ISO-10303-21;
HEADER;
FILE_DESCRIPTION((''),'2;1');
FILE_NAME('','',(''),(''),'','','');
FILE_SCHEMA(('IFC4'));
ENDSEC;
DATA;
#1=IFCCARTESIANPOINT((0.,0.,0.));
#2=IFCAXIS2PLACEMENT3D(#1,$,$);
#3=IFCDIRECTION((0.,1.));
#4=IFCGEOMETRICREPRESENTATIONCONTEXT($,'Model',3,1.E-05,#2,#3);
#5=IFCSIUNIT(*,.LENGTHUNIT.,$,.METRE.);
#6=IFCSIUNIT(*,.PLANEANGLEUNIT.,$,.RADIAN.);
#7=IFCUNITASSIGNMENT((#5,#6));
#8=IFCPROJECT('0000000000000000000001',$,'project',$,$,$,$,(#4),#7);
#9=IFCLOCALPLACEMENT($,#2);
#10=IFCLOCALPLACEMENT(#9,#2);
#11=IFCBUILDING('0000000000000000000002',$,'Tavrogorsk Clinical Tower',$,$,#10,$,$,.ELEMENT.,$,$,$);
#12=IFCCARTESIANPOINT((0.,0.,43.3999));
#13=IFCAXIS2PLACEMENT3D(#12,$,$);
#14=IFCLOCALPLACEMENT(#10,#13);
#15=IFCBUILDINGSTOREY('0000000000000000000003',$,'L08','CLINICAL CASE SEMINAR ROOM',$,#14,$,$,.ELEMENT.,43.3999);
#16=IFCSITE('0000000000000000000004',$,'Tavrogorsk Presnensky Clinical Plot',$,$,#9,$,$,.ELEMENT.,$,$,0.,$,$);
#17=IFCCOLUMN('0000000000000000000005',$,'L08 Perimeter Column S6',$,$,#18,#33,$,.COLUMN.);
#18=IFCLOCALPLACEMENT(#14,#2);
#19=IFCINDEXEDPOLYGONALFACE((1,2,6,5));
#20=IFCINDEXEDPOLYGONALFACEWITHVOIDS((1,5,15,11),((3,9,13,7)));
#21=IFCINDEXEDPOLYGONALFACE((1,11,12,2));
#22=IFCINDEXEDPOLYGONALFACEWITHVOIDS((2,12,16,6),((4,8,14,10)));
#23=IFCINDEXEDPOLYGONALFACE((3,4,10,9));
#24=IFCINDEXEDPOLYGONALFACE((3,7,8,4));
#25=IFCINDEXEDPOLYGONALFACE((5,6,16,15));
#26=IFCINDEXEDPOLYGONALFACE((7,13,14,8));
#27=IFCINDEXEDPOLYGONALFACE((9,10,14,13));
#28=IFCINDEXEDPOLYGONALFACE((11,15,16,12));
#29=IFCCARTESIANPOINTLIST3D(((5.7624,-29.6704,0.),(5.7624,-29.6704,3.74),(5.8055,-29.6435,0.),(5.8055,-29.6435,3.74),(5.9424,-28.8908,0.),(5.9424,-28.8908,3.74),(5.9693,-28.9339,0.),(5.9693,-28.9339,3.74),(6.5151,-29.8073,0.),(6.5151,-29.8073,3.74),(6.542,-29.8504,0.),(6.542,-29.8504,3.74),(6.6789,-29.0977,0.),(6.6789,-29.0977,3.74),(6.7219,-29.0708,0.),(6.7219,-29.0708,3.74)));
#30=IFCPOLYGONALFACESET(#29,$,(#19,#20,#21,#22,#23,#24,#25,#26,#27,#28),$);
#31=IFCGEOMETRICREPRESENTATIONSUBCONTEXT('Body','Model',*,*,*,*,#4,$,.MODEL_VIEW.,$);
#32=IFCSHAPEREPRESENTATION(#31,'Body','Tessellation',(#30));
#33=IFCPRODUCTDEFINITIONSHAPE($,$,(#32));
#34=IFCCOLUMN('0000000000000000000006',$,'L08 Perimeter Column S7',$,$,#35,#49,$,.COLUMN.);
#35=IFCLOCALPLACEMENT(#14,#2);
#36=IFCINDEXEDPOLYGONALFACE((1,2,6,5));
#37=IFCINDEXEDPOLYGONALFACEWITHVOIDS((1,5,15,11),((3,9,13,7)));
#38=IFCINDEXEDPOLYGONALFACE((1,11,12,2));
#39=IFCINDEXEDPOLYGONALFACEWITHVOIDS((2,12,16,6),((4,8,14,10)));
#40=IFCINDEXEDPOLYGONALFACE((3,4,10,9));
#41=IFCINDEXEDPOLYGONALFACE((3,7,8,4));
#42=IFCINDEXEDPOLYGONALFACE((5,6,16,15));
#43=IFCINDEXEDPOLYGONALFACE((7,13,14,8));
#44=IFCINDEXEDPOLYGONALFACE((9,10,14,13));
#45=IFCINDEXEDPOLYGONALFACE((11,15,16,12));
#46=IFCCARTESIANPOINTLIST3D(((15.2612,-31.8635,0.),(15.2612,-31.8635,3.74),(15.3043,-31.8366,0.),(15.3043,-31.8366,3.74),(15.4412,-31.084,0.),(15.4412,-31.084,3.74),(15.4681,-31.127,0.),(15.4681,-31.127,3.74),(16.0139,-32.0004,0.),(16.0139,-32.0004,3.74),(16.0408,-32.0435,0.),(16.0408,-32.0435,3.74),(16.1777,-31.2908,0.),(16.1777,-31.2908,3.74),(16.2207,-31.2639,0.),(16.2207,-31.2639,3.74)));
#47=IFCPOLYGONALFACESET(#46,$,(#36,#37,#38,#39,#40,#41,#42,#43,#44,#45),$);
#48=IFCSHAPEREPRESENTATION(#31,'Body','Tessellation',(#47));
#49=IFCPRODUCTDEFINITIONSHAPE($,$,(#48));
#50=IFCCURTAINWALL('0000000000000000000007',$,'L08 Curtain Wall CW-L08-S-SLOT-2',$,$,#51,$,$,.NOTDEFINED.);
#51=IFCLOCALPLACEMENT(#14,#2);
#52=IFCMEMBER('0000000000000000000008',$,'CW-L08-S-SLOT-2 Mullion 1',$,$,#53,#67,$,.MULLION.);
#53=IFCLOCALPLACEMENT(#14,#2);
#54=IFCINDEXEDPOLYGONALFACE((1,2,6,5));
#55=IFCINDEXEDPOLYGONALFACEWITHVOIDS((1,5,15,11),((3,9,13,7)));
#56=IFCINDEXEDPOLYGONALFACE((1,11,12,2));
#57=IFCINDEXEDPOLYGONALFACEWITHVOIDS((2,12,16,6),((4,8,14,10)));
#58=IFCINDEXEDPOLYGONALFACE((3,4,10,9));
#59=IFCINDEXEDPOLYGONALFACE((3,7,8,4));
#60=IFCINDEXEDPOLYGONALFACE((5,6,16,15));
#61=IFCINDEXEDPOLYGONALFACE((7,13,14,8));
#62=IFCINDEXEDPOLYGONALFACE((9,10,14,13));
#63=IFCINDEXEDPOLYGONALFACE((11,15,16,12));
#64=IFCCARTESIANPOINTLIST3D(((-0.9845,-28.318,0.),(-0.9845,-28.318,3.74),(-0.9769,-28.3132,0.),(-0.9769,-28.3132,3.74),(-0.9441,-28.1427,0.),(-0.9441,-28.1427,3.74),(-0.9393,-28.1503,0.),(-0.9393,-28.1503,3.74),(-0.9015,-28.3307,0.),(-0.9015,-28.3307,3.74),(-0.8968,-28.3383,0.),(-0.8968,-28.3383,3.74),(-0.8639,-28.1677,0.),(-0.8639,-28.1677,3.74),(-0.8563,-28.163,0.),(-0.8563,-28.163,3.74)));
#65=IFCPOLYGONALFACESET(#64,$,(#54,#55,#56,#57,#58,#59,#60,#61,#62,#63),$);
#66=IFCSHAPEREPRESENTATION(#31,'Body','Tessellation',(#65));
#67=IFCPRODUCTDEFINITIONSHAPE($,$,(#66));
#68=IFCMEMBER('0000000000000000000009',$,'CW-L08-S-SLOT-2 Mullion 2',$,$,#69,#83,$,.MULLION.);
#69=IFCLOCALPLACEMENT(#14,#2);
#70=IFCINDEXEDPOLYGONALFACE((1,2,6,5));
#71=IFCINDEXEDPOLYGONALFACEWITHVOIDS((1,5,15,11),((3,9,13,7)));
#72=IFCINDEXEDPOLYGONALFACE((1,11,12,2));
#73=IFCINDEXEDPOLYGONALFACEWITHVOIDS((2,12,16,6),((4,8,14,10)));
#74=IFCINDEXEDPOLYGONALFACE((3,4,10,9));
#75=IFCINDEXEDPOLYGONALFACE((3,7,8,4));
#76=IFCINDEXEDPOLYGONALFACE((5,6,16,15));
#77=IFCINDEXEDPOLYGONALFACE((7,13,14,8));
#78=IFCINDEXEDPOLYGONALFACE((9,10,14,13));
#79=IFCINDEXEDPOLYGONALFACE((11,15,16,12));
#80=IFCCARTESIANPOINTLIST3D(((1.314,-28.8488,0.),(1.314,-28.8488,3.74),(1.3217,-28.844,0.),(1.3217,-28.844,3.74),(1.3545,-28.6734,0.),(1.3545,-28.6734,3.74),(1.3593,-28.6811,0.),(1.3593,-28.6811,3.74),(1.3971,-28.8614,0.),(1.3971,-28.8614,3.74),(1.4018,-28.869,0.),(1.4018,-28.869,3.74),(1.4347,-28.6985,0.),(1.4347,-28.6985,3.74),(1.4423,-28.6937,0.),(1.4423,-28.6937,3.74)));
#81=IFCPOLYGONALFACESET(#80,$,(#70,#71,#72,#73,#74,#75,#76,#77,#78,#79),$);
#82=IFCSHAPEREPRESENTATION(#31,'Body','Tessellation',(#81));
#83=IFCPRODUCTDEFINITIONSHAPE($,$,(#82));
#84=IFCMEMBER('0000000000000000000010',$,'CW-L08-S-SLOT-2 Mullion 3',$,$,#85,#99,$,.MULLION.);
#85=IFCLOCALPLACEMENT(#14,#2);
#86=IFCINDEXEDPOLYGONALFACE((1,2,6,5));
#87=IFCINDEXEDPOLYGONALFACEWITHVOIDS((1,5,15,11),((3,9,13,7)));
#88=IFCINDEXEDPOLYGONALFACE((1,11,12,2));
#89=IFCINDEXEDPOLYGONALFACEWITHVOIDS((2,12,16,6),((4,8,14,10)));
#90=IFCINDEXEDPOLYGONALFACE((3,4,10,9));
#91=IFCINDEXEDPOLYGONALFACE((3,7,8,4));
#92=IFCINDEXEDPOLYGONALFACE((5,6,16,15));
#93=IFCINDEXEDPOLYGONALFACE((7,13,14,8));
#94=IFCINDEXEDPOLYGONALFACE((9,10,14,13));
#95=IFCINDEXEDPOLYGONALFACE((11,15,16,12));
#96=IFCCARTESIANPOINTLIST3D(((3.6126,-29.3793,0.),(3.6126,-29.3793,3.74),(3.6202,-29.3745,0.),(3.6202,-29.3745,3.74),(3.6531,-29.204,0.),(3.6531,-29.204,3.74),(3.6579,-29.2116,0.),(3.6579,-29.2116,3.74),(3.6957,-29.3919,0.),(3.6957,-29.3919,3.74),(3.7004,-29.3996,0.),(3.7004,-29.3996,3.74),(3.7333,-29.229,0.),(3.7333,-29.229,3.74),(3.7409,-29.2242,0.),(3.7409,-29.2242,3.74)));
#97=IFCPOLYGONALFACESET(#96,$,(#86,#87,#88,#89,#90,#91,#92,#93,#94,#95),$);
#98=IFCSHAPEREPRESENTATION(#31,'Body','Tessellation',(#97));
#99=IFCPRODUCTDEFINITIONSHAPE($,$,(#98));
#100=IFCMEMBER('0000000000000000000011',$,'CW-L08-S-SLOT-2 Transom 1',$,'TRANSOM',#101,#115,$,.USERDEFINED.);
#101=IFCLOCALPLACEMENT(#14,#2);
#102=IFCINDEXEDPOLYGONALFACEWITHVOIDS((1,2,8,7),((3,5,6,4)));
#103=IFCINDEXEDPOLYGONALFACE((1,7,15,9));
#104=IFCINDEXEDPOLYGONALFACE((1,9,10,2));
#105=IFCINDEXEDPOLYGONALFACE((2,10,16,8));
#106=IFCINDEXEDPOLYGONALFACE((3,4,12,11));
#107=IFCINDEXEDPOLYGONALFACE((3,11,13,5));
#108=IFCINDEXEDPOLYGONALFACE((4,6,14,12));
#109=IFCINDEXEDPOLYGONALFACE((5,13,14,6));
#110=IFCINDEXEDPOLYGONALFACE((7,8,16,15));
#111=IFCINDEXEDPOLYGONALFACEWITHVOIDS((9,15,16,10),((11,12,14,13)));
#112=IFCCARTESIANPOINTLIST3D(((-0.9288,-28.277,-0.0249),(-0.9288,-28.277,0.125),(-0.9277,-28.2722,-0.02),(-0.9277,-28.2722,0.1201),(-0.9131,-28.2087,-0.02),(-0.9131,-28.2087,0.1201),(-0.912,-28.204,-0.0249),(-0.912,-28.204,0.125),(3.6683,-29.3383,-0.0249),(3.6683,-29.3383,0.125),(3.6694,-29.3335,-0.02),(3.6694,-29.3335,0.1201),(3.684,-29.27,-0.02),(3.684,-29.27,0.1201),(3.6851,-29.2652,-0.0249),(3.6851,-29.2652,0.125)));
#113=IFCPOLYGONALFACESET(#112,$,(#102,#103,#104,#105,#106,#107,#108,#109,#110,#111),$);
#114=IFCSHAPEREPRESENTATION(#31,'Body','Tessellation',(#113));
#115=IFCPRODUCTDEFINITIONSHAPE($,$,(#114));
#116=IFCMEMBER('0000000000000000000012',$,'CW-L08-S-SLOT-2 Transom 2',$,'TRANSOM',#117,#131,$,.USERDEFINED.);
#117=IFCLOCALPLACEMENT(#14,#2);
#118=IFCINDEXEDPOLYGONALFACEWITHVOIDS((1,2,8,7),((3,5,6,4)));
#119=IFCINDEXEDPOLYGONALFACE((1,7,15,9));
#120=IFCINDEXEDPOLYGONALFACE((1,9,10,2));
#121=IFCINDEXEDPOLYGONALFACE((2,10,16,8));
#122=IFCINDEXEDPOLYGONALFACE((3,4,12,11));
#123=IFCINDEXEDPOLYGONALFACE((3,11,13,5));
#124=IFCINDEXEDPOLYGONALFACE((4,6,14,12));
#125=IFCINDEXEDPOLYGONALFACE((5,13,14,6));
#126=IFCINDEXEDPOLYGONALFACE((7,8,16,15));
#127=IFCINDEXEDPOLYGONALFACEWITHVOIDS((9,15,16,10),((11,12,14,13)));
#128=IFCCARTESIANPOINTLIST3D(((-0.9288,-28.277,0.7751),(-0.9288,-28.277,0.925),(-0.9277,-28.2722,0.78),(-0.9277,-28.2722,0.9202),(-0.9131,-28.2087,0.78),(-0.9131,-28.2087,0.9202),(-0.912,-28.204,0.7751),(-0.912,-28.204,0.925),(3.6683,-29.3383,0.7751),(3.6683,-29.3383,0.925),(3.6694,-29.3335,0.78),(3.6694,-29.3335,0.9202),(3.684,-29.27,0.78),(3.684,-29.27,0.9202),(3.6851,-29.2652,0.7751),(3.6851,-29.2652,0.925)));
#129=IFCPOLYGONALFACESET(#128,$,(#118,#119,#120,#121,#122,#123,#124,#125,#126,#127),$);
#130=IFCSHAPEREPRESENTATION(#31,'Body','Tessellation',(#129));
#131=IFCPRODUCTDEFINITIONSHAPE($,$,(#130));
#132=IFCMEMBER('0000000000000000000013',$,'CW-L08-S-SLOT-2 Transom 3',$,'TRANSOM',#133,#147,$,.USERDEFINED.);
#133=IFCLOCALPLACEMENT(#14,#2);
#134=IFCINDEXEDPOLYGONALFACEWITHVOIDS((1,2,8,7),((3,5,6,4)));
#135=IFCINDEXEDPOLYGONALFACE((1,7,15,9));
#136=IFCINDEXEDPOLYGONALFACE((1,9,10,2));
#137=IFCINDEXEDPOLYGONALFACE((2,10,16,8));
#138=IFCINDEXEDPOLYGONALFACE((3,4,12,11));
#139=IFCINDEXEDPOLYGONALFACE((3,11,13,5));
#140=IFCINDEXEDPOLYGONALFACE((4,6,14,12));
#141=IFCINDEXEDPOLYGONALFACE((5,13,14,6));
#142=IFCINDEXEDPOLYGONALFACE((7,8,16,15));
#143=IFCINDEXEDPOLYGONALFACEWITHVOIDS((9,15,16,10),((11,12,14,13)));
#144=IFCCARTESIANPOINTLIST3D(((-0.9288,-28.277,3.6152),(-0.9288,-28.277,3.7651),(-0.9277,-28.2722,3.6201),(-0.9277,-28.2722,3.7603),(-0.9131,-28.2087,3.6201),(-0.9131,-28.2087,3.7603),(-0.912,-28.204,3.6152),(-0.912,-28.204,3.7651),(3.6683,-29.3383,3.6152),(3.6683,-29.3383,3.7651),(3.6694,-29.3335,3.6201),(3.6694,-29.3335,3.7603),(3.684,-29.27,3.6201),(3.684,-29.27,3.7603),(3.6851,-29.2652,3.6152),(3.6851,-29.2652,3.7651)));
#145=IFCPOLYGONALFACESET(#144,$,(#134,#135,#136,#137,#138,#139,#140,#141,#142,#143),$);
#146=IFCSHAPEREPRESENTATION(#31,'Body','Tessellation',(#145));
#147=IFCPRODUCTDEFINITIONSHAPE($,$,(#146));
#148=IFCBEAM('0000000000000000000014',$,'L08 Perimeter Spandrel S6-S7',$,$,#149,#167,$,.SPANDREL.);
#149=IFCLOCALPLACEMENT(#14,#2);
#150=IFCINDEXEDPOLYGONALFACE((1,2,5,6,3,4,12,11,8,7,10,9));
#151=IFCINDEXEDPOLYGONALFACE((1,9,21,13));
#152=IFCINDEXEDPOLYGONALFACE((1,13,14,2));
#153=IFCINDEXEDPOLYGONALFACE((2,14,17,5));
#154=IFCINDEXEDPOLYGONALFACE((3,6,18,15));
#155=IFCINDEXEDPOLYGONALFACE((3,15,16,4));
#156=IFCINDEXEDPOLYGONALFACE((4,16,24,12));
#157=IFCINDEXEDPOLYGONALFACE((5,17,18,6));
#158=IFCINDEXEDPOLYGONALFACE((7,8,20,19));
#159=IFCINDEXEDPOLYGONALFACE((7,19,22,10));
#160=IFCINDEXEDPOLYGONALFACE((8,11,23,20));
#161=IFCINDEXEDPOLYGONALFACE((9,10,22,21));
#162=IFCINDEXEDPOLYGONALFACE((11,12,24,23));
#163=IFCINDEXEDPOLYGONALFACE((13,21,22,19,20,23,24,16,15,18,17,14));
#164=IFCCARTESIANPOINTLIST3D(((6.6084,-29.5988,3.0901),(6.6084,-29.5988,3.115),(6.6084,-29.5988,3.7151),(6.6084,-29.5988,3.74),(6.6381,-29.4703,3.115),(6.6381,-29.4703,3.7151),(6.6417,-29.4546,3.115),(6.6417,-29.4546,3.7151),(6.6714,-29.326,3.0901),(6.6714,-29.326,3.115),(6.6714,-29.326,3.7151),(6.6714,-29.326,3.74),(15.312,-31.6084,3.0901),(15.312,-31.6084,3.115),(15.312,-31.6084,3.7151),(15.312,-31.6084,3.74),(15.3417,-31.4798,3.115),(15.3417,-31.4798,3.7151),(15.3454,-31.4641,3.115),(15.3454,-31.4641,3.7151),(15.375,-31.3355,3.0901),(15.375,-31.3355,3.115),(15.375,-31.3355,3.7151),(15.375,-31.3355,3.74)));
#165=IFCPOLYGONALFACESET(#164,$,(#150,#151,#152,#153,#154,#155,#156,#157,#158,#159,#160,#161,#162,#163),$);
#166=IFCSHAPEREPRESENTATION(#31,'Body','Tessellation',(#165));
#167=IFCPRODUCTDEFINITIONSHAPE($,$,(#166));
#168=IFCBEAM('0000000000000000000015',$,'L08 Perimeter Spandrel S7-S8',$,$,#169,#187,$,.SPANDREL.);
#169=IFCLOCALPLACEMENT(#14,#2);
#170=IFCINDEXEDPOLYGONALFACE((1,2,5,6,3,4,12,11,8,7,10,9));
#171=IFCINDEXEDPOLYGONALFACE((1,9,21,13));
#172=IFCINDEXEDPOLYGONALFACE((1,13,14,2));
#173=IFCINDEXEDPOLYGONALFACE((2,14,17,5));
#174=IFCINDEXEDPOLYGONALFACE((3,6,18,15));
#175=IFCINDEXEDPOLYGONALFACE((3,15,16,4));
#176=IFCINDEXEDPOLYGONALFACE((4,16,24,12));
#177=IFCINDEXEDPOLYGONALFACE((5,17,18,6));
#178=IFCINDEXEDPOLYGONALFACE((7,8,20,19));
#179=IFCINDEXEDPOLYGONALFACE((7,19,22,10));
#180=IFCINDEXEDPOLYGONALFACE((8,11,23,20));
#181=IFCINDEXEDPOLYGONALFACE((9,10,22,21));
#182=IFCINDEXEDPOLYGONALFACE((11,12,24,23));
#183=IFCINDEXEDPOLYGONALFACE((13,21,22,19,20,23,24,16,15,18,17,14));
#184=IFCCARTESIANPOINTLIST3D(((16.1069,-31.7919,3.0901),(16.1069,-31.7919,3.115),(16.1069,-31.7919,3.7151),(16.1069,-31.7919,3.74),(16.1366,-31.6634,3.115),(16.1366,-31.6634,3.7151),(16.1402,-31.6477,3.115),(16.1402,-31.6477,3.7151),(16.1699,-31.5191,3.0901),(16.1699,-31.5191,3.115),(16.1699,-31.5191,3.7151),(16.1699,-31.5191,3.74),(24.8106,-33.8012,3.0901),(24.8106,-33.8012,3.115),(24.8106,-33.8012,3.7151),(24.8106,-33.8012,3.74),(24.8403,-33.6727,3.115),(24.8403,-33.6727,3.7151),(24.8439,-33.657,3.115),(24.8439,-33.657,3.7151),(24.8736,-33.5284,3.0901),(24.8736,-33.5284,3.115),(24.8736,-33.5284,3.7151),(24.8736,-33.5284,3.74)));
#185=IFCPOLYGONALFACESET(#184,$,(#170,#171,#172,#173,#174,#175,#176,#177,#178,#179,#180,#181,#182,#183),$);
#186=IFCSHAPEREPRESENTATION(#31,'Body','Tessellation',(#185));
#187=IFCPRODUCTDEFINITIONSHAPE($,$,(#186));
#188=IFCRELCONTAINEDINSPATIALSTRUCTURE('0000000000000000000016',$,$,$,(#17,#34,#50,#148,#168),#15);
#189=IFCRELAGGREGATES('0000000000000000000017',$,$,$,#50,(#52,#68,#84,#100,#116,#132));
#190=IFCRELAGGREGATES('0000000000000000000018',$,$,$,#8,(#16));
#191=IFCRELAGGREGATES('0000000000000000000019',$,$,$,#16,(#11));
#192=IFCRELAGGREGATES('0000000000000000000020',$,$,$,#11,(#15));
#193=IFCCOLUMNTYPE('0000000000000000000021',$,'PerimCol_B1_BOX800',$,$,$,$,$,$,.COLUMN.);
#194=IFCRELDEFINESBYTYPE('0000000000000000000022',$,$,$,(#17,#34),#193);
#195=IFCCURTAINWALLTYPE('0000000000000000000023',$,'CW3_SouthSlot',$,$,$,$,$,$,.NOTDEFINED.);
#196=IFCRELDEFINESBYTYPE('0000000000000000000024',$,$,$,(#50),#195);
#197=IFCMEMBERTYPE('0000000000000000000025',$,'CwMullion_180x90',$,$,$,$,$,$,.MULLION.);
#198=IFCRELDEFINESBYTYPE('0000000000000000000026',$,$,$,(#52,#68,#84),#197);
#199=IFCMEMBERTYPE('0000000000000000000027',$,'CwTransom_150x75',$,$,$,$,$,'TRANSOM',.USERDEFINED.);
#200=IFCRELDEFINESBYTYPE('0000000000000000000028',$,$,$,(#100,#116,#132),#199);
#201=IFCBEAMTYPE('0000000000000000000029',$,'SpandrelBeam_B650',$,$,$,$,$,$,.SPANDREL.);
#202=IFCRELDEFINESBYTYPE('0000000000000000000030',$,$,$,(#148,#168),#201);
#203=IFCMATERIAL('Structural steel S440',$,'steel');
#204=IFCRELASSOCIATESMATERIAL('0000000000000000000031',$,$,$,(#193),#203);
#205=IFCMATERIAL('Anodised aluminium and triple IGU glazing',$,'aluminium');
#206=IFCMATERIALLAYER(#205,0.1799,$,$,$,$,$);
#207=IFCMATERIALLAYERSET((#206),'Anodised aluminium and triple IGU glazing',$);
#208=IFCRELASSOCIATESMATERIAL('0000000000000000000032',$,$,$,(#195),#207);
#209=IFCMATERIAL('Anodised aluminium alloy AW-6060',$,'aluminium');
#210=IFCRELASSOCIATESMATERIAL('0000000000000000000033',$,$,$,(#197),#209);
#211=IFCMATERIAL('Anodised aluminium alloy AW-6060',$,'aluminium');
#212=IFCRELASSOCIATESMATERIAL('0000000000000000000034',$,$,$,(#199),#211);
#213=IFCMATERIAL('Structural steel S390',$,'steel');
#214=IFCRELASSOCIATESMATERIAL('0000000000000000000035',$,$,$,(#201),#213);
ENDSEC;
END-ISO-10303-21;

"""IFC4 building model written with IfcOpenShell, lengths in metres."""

from ifc_helpers import new_model, si_unit, direction, frame, origin, origin_2d, place, context, subcontext, project, spatial, hollow_rectangle, i_section, extrude, material, layer, layer_set, material_profile, profile_set, type_object, element, aggregate, save


model = new_model("IFC4")

# Units and contexts
model_context = context("Model", 3, precision=1e-05, world=origin(), true_north=direction((0.0, 1.0)))
body_context = subcontext(model_context, "Body", "Model", "MODEL_VIEW")
ifc_project = project(units=[si_unit("LENGTHUNIT", "METRE"), si_unit("PLANEANGLEUNIT", "RADIAN")], contexts=[model_context])

# Site, building, storey
site_placement = place(None, origin())
site = spatial("IfcSite", under=ifc_project, at=site_placement, Name="Tavrogorsk Presnensky Clinical Plot", CompositionType="ELEMENT", RefElevation=0.0)
building_placement = place(site_placement, origin())
building = spatial("IfcBuilding", under=site, at=building_placement, Name="Tavrogorsk Clinical Tower", CompositionType="ELEMENT")
storey_placement = place(building_placement, frame((0.0, 0.0, 43.3999)))
storey = spatial("IfcBuildingStorey", under=building, at=storey_placement, Name="L08", Description="CLINICAL CASE SEMINAR ROOM", CompositionType="ELEMENT", Elevation=43.3999)

# Columns
ifc_material_1 = material(Name="Structural steel S440", Category="steel")
ifc_material_profile_1 = material_profile(ifc_material_1, hollow_rectangle(XDim=0.8, YDim=0.8, WallThickness=0.0359, at=origin_2d()), Name="BOX-800x800x36")
ifc_profile_set_1 = profile_set([ifc_material_profile_1], Name="Structural steel S440")
column_type = type_object("IfcColumnType", Name="PerimCol_B1_BOX800", PredefinedType="COLUMN", material=ifc_profile_set_1)
for number, where, z_axis, x_axis, name in (
    (1, (6.2422, -29.3706, 0.0), (0.0, 0.0, 1.0), (0.97437, -0.224951, 0.0), "L08 Perimeter Column S6"),
    (2, (15.741, -31.5637, 0.0), (0.0, 0.0, 1.0), (0.97437, -0.224951, 0.0), "L08 Perimeter Column S7"),
):
    element("IfcColumn", number, at=place(storey_placement, frame(where, z_axis=z_axis, x_axis=x_axis)), inside=storey, type_object=column_type, Name=name, PredefinedType="COLUMN", context=body_context, shape_type="SweptSolid", body=[
        extrude(hollow_rectangle(XDim=0.8, YDim=0.8, WallThickness=0.0359, at=origin_2d()), origin(), (0.0, 0.0, 1.0), 3.74),
    ])

# Curtain wall, members
ifc_material_2 = material(Name="Anodised aluminium and triple IGU glazing", Category="aluminium")
ifc_layer_1 = layer(ifc_material_2, 0.1799)
ifc_layer_set_1 = layer_set([ifc_layer_1], Name="Anodised aluminium and triple IGU glazing")
curtain_wall_type = type_object("IfcCurtainWallType", Name="CW3_SouthSlot", PredefinedType="NOTDEFINED", material=ifc_layer_set_1)
curtain_wall_placement = place(storey_placement, origin())
curtain_wall = element("IfcCurtainWall", 3, at=curtain_wall_placement, inside=storey, type_object=curtain_wall_type, Name="L08 Curtain Wall CW-L08-S-SLOT-2", PredefinedType="NOTDEFINED")
ifc_material_3 = material(Name="Anodised aluminium alloy AW-6060", Category="aluminium")
ifc_material_profile_2 = material_profile(ifc_material_3, hollow_rectangle(XDim=0.0901, YDim=0.1799, WallThickness=0.0063, at=origin_2d()), Name="RHS-180x90x6.3")
ifc_profile_set_2 = profile_set([ifc_material_profile_2], Name="Anodised aluminium alloy AW-6060")
member_type_1 = type_object("IfcMemberType", Name="CwMullion_180x90", PredefinedType="MULLION", material=ifc_profile_set_2)
member_1_placement = place(storey_placement, frame((-0.9204, -28.2405, 0.0), z_axis=(0.0, 0.0, 1.0), x_axis=(0.97437, -0.224951, 0.0)))
member_1 = element("IfcMember", 4, at=member_1_placement, type_object=member_type_1, Name="CW-L08-S-SLOT-2 Mullion 1", PredefinedType="MULLION", context=body_context, shape_type="SweptSolid", body=[
    extrude(hollow_rectangle(XDim=0.0901, YDim=0.1799, WallThickness=0.0063, at=origin_2d()), origin(), (0.0, 0.0, 1.0), 3.74),
])
member_2_placement = place(storey_placement, frame((1.3782, -28.7712, 0.0), z_axis=(0.0, 0.0, 1.0), x_axis=(0.97437, -0.224951, 0.0)))
member_2 = element("IfcMember", 5, at=member_2_placement, type_object=member_type_1, Name="CW-L08-S-SLOT-2 Mullion 2", PredefinedType="MULLION", context=body_context, shape_type="SweptSolid", body=[
    extrude(hollow_rectangle(XDim=0.0901, YDim=0.1799, WallThickness=0.0063, at=origin_2d()), origin(), (0.0, 0.0, 1.0), 3.74),
])
member_3_placement = place(storey_placement, frame((3.6768, -29.3018, 0.0), z_axis=(0.0, 0.0, 1.0), x_axis=(0.97437, -0.224951, 0.0)))
member_3 = element("IfcMember", 6, at=member_3_placement, type_object=member_type_1, Name="CW-L08-S-SLOT-2 Mullion 3", PredefinedType="MULLION", context=body_context, shape_type="SweptSolid", body=[
    extrude(hollow_rectangle(XDim=0.0901, YDim=0.1799, WallThickness=0.0063, at=origin_2d()), origin(), (0.0, 0.0, 1.0), 3.74),
])
ifc_material_4 = material(Name="Anodised aluminium alloy AW-6060", Category="aluminium")
ifc_material_profile_3 = material_profile(ifc_material_4, hollow_rectangle(XDim=0.075, YDim=0.1499, WallThickness=0.0049, at=origin_2d()), Name="RHS-150x75x5")
ifc_profile_set_3 = profile_set([ifc_material_profile_3], Name="Anodised aluminium alloy AW-6060")
member_type_2 = type_object("IfcMemberType", Name="CwTransom_150x75", ElementType="TRANSOM", PredefinedType="USERDEFINED", material=ifc_profile_set_3)
member_4_placement = place(storey_placement, frame((-0.9204, -28.2405, 0.05), z_axis=(0.974373, -0.224939, 0.0), x_axis=(0.224939, 0.974373, 0.0)))
member_4 = element("IfcMember", 7, at=member_4_placement, type_object=member_type_2, Name="CW-L08-S-SLOT-2 Transom 1", ObjectType="TRANSOM", PredefinedType="USERDEFINED", context=body_context, shape_type="SweptSolid", body=[
    extrude(hollow_rectangle(XDim=0.075, YDim=0.1499, WallThickness=0.0049, at=origin_2d()), origin(), (0.0, 0.0, 1.0), 4.718),
])
member_5_placement = place(storey_placement, frame((-0.9204, -28.2405, 0.8501), z_axis=(0.974373, -0.224939, 0.0), x_axis=(0.224939, 0.974373, 0.0)))
member_5 = element("IfcMember", 8, at=member_5_placement, type_object=member_type_2, Name="CW-L08-S-SLOT-2 Transom 2", ObjectType="TRANSOM", PredefinedType="USERDEFINED", context=body_context, shape_type="SweptSolid", body=[
    extrude(hollow_rectangle(XDim=0.075, YDim=0.1499, WallThickness=0.0049, at=origin_2d()), origin(), (0.0, 0.0, 1.0), 4.718),
])
member_6_placement = place(storey_placement, frame((-0.9204, -28.2405, 3.6902), z_axis=(0.974373, -0.224939, 0.0), x_axis=(0.224939, 0.974373, 0.0)))
member_6 = element("IfcMember", 9, at=member_6_placement, type_object=member_type_2, Name="CW-L08-S-SLOT-2 Transom 3", ObjectType="TRANSOM", PredefinedType="USERDEFINED", context=body_context, shape_type="SweptSolid", body=[
    extrude(hollow_rectangle(XDim=0.075, YDim=0.1499, WallThickness=0.0049, at=origin_2d()), origin(), (0.0, 0.0, 1.0), 4.718),
])

# Beams
ifc_material_5 = material(Name="Structural steel S390", Category="steel")
ifc_material_profile_4 = material_profile(ifc_material_5, i_section(OverallWidth=0.28, OverallDepth=0.6499, WebThickness=0.0161, FlangeThickness=0.0249, at=origin_2d()), Name="B-650x280x16x25")
ifc_profile_set_4 = profile_set([ifc_material_profile_4], Name="Structural steel S390")
beam_type = type_object("IfcBeamType", Name="SpandrelBeam_B650", PredefinedType="SPANDREL", material=ifc_profile_set_4)
for number, where, z_axis, x_axis, name in (
    (10, (6.6399, -29.4624, 3.415), (0.974367, -0.224965, 0.0), (0.224965, 0.974367, 0.0), "L08 Perimeter Spandrel S6-S7"),
    (11, (16.1384, -31.6555, 3.415), (0.974373, -0.224939, 0.0), (0.224939, 0.974373, 0.0), "L08 Perimeter Spandrel S7-S8"),
):
    element("IfcBeam", number, at=place(storey_placement, frame(where, z_axis=z_axis, x_axis=x_axis)), inside=storey, type_object=beam_type, Name=name, PredefinedType="SPANDREL", context=body_context, shape_type="SweptSolid", body=[
        extrude(i_section(OverallWidth=0.28, OverallDepth=0.6499, WebThickness=0.0161, FlangeThickness=0.0249, at=origin_2d()), origin(), (0.0, 0.0, 1.0), 8.9326),
    ])

aggregate(curtain_wall, [member_1, member_2, member_3, member_4, member_5, member_6])

save(model, "model.ifc")
